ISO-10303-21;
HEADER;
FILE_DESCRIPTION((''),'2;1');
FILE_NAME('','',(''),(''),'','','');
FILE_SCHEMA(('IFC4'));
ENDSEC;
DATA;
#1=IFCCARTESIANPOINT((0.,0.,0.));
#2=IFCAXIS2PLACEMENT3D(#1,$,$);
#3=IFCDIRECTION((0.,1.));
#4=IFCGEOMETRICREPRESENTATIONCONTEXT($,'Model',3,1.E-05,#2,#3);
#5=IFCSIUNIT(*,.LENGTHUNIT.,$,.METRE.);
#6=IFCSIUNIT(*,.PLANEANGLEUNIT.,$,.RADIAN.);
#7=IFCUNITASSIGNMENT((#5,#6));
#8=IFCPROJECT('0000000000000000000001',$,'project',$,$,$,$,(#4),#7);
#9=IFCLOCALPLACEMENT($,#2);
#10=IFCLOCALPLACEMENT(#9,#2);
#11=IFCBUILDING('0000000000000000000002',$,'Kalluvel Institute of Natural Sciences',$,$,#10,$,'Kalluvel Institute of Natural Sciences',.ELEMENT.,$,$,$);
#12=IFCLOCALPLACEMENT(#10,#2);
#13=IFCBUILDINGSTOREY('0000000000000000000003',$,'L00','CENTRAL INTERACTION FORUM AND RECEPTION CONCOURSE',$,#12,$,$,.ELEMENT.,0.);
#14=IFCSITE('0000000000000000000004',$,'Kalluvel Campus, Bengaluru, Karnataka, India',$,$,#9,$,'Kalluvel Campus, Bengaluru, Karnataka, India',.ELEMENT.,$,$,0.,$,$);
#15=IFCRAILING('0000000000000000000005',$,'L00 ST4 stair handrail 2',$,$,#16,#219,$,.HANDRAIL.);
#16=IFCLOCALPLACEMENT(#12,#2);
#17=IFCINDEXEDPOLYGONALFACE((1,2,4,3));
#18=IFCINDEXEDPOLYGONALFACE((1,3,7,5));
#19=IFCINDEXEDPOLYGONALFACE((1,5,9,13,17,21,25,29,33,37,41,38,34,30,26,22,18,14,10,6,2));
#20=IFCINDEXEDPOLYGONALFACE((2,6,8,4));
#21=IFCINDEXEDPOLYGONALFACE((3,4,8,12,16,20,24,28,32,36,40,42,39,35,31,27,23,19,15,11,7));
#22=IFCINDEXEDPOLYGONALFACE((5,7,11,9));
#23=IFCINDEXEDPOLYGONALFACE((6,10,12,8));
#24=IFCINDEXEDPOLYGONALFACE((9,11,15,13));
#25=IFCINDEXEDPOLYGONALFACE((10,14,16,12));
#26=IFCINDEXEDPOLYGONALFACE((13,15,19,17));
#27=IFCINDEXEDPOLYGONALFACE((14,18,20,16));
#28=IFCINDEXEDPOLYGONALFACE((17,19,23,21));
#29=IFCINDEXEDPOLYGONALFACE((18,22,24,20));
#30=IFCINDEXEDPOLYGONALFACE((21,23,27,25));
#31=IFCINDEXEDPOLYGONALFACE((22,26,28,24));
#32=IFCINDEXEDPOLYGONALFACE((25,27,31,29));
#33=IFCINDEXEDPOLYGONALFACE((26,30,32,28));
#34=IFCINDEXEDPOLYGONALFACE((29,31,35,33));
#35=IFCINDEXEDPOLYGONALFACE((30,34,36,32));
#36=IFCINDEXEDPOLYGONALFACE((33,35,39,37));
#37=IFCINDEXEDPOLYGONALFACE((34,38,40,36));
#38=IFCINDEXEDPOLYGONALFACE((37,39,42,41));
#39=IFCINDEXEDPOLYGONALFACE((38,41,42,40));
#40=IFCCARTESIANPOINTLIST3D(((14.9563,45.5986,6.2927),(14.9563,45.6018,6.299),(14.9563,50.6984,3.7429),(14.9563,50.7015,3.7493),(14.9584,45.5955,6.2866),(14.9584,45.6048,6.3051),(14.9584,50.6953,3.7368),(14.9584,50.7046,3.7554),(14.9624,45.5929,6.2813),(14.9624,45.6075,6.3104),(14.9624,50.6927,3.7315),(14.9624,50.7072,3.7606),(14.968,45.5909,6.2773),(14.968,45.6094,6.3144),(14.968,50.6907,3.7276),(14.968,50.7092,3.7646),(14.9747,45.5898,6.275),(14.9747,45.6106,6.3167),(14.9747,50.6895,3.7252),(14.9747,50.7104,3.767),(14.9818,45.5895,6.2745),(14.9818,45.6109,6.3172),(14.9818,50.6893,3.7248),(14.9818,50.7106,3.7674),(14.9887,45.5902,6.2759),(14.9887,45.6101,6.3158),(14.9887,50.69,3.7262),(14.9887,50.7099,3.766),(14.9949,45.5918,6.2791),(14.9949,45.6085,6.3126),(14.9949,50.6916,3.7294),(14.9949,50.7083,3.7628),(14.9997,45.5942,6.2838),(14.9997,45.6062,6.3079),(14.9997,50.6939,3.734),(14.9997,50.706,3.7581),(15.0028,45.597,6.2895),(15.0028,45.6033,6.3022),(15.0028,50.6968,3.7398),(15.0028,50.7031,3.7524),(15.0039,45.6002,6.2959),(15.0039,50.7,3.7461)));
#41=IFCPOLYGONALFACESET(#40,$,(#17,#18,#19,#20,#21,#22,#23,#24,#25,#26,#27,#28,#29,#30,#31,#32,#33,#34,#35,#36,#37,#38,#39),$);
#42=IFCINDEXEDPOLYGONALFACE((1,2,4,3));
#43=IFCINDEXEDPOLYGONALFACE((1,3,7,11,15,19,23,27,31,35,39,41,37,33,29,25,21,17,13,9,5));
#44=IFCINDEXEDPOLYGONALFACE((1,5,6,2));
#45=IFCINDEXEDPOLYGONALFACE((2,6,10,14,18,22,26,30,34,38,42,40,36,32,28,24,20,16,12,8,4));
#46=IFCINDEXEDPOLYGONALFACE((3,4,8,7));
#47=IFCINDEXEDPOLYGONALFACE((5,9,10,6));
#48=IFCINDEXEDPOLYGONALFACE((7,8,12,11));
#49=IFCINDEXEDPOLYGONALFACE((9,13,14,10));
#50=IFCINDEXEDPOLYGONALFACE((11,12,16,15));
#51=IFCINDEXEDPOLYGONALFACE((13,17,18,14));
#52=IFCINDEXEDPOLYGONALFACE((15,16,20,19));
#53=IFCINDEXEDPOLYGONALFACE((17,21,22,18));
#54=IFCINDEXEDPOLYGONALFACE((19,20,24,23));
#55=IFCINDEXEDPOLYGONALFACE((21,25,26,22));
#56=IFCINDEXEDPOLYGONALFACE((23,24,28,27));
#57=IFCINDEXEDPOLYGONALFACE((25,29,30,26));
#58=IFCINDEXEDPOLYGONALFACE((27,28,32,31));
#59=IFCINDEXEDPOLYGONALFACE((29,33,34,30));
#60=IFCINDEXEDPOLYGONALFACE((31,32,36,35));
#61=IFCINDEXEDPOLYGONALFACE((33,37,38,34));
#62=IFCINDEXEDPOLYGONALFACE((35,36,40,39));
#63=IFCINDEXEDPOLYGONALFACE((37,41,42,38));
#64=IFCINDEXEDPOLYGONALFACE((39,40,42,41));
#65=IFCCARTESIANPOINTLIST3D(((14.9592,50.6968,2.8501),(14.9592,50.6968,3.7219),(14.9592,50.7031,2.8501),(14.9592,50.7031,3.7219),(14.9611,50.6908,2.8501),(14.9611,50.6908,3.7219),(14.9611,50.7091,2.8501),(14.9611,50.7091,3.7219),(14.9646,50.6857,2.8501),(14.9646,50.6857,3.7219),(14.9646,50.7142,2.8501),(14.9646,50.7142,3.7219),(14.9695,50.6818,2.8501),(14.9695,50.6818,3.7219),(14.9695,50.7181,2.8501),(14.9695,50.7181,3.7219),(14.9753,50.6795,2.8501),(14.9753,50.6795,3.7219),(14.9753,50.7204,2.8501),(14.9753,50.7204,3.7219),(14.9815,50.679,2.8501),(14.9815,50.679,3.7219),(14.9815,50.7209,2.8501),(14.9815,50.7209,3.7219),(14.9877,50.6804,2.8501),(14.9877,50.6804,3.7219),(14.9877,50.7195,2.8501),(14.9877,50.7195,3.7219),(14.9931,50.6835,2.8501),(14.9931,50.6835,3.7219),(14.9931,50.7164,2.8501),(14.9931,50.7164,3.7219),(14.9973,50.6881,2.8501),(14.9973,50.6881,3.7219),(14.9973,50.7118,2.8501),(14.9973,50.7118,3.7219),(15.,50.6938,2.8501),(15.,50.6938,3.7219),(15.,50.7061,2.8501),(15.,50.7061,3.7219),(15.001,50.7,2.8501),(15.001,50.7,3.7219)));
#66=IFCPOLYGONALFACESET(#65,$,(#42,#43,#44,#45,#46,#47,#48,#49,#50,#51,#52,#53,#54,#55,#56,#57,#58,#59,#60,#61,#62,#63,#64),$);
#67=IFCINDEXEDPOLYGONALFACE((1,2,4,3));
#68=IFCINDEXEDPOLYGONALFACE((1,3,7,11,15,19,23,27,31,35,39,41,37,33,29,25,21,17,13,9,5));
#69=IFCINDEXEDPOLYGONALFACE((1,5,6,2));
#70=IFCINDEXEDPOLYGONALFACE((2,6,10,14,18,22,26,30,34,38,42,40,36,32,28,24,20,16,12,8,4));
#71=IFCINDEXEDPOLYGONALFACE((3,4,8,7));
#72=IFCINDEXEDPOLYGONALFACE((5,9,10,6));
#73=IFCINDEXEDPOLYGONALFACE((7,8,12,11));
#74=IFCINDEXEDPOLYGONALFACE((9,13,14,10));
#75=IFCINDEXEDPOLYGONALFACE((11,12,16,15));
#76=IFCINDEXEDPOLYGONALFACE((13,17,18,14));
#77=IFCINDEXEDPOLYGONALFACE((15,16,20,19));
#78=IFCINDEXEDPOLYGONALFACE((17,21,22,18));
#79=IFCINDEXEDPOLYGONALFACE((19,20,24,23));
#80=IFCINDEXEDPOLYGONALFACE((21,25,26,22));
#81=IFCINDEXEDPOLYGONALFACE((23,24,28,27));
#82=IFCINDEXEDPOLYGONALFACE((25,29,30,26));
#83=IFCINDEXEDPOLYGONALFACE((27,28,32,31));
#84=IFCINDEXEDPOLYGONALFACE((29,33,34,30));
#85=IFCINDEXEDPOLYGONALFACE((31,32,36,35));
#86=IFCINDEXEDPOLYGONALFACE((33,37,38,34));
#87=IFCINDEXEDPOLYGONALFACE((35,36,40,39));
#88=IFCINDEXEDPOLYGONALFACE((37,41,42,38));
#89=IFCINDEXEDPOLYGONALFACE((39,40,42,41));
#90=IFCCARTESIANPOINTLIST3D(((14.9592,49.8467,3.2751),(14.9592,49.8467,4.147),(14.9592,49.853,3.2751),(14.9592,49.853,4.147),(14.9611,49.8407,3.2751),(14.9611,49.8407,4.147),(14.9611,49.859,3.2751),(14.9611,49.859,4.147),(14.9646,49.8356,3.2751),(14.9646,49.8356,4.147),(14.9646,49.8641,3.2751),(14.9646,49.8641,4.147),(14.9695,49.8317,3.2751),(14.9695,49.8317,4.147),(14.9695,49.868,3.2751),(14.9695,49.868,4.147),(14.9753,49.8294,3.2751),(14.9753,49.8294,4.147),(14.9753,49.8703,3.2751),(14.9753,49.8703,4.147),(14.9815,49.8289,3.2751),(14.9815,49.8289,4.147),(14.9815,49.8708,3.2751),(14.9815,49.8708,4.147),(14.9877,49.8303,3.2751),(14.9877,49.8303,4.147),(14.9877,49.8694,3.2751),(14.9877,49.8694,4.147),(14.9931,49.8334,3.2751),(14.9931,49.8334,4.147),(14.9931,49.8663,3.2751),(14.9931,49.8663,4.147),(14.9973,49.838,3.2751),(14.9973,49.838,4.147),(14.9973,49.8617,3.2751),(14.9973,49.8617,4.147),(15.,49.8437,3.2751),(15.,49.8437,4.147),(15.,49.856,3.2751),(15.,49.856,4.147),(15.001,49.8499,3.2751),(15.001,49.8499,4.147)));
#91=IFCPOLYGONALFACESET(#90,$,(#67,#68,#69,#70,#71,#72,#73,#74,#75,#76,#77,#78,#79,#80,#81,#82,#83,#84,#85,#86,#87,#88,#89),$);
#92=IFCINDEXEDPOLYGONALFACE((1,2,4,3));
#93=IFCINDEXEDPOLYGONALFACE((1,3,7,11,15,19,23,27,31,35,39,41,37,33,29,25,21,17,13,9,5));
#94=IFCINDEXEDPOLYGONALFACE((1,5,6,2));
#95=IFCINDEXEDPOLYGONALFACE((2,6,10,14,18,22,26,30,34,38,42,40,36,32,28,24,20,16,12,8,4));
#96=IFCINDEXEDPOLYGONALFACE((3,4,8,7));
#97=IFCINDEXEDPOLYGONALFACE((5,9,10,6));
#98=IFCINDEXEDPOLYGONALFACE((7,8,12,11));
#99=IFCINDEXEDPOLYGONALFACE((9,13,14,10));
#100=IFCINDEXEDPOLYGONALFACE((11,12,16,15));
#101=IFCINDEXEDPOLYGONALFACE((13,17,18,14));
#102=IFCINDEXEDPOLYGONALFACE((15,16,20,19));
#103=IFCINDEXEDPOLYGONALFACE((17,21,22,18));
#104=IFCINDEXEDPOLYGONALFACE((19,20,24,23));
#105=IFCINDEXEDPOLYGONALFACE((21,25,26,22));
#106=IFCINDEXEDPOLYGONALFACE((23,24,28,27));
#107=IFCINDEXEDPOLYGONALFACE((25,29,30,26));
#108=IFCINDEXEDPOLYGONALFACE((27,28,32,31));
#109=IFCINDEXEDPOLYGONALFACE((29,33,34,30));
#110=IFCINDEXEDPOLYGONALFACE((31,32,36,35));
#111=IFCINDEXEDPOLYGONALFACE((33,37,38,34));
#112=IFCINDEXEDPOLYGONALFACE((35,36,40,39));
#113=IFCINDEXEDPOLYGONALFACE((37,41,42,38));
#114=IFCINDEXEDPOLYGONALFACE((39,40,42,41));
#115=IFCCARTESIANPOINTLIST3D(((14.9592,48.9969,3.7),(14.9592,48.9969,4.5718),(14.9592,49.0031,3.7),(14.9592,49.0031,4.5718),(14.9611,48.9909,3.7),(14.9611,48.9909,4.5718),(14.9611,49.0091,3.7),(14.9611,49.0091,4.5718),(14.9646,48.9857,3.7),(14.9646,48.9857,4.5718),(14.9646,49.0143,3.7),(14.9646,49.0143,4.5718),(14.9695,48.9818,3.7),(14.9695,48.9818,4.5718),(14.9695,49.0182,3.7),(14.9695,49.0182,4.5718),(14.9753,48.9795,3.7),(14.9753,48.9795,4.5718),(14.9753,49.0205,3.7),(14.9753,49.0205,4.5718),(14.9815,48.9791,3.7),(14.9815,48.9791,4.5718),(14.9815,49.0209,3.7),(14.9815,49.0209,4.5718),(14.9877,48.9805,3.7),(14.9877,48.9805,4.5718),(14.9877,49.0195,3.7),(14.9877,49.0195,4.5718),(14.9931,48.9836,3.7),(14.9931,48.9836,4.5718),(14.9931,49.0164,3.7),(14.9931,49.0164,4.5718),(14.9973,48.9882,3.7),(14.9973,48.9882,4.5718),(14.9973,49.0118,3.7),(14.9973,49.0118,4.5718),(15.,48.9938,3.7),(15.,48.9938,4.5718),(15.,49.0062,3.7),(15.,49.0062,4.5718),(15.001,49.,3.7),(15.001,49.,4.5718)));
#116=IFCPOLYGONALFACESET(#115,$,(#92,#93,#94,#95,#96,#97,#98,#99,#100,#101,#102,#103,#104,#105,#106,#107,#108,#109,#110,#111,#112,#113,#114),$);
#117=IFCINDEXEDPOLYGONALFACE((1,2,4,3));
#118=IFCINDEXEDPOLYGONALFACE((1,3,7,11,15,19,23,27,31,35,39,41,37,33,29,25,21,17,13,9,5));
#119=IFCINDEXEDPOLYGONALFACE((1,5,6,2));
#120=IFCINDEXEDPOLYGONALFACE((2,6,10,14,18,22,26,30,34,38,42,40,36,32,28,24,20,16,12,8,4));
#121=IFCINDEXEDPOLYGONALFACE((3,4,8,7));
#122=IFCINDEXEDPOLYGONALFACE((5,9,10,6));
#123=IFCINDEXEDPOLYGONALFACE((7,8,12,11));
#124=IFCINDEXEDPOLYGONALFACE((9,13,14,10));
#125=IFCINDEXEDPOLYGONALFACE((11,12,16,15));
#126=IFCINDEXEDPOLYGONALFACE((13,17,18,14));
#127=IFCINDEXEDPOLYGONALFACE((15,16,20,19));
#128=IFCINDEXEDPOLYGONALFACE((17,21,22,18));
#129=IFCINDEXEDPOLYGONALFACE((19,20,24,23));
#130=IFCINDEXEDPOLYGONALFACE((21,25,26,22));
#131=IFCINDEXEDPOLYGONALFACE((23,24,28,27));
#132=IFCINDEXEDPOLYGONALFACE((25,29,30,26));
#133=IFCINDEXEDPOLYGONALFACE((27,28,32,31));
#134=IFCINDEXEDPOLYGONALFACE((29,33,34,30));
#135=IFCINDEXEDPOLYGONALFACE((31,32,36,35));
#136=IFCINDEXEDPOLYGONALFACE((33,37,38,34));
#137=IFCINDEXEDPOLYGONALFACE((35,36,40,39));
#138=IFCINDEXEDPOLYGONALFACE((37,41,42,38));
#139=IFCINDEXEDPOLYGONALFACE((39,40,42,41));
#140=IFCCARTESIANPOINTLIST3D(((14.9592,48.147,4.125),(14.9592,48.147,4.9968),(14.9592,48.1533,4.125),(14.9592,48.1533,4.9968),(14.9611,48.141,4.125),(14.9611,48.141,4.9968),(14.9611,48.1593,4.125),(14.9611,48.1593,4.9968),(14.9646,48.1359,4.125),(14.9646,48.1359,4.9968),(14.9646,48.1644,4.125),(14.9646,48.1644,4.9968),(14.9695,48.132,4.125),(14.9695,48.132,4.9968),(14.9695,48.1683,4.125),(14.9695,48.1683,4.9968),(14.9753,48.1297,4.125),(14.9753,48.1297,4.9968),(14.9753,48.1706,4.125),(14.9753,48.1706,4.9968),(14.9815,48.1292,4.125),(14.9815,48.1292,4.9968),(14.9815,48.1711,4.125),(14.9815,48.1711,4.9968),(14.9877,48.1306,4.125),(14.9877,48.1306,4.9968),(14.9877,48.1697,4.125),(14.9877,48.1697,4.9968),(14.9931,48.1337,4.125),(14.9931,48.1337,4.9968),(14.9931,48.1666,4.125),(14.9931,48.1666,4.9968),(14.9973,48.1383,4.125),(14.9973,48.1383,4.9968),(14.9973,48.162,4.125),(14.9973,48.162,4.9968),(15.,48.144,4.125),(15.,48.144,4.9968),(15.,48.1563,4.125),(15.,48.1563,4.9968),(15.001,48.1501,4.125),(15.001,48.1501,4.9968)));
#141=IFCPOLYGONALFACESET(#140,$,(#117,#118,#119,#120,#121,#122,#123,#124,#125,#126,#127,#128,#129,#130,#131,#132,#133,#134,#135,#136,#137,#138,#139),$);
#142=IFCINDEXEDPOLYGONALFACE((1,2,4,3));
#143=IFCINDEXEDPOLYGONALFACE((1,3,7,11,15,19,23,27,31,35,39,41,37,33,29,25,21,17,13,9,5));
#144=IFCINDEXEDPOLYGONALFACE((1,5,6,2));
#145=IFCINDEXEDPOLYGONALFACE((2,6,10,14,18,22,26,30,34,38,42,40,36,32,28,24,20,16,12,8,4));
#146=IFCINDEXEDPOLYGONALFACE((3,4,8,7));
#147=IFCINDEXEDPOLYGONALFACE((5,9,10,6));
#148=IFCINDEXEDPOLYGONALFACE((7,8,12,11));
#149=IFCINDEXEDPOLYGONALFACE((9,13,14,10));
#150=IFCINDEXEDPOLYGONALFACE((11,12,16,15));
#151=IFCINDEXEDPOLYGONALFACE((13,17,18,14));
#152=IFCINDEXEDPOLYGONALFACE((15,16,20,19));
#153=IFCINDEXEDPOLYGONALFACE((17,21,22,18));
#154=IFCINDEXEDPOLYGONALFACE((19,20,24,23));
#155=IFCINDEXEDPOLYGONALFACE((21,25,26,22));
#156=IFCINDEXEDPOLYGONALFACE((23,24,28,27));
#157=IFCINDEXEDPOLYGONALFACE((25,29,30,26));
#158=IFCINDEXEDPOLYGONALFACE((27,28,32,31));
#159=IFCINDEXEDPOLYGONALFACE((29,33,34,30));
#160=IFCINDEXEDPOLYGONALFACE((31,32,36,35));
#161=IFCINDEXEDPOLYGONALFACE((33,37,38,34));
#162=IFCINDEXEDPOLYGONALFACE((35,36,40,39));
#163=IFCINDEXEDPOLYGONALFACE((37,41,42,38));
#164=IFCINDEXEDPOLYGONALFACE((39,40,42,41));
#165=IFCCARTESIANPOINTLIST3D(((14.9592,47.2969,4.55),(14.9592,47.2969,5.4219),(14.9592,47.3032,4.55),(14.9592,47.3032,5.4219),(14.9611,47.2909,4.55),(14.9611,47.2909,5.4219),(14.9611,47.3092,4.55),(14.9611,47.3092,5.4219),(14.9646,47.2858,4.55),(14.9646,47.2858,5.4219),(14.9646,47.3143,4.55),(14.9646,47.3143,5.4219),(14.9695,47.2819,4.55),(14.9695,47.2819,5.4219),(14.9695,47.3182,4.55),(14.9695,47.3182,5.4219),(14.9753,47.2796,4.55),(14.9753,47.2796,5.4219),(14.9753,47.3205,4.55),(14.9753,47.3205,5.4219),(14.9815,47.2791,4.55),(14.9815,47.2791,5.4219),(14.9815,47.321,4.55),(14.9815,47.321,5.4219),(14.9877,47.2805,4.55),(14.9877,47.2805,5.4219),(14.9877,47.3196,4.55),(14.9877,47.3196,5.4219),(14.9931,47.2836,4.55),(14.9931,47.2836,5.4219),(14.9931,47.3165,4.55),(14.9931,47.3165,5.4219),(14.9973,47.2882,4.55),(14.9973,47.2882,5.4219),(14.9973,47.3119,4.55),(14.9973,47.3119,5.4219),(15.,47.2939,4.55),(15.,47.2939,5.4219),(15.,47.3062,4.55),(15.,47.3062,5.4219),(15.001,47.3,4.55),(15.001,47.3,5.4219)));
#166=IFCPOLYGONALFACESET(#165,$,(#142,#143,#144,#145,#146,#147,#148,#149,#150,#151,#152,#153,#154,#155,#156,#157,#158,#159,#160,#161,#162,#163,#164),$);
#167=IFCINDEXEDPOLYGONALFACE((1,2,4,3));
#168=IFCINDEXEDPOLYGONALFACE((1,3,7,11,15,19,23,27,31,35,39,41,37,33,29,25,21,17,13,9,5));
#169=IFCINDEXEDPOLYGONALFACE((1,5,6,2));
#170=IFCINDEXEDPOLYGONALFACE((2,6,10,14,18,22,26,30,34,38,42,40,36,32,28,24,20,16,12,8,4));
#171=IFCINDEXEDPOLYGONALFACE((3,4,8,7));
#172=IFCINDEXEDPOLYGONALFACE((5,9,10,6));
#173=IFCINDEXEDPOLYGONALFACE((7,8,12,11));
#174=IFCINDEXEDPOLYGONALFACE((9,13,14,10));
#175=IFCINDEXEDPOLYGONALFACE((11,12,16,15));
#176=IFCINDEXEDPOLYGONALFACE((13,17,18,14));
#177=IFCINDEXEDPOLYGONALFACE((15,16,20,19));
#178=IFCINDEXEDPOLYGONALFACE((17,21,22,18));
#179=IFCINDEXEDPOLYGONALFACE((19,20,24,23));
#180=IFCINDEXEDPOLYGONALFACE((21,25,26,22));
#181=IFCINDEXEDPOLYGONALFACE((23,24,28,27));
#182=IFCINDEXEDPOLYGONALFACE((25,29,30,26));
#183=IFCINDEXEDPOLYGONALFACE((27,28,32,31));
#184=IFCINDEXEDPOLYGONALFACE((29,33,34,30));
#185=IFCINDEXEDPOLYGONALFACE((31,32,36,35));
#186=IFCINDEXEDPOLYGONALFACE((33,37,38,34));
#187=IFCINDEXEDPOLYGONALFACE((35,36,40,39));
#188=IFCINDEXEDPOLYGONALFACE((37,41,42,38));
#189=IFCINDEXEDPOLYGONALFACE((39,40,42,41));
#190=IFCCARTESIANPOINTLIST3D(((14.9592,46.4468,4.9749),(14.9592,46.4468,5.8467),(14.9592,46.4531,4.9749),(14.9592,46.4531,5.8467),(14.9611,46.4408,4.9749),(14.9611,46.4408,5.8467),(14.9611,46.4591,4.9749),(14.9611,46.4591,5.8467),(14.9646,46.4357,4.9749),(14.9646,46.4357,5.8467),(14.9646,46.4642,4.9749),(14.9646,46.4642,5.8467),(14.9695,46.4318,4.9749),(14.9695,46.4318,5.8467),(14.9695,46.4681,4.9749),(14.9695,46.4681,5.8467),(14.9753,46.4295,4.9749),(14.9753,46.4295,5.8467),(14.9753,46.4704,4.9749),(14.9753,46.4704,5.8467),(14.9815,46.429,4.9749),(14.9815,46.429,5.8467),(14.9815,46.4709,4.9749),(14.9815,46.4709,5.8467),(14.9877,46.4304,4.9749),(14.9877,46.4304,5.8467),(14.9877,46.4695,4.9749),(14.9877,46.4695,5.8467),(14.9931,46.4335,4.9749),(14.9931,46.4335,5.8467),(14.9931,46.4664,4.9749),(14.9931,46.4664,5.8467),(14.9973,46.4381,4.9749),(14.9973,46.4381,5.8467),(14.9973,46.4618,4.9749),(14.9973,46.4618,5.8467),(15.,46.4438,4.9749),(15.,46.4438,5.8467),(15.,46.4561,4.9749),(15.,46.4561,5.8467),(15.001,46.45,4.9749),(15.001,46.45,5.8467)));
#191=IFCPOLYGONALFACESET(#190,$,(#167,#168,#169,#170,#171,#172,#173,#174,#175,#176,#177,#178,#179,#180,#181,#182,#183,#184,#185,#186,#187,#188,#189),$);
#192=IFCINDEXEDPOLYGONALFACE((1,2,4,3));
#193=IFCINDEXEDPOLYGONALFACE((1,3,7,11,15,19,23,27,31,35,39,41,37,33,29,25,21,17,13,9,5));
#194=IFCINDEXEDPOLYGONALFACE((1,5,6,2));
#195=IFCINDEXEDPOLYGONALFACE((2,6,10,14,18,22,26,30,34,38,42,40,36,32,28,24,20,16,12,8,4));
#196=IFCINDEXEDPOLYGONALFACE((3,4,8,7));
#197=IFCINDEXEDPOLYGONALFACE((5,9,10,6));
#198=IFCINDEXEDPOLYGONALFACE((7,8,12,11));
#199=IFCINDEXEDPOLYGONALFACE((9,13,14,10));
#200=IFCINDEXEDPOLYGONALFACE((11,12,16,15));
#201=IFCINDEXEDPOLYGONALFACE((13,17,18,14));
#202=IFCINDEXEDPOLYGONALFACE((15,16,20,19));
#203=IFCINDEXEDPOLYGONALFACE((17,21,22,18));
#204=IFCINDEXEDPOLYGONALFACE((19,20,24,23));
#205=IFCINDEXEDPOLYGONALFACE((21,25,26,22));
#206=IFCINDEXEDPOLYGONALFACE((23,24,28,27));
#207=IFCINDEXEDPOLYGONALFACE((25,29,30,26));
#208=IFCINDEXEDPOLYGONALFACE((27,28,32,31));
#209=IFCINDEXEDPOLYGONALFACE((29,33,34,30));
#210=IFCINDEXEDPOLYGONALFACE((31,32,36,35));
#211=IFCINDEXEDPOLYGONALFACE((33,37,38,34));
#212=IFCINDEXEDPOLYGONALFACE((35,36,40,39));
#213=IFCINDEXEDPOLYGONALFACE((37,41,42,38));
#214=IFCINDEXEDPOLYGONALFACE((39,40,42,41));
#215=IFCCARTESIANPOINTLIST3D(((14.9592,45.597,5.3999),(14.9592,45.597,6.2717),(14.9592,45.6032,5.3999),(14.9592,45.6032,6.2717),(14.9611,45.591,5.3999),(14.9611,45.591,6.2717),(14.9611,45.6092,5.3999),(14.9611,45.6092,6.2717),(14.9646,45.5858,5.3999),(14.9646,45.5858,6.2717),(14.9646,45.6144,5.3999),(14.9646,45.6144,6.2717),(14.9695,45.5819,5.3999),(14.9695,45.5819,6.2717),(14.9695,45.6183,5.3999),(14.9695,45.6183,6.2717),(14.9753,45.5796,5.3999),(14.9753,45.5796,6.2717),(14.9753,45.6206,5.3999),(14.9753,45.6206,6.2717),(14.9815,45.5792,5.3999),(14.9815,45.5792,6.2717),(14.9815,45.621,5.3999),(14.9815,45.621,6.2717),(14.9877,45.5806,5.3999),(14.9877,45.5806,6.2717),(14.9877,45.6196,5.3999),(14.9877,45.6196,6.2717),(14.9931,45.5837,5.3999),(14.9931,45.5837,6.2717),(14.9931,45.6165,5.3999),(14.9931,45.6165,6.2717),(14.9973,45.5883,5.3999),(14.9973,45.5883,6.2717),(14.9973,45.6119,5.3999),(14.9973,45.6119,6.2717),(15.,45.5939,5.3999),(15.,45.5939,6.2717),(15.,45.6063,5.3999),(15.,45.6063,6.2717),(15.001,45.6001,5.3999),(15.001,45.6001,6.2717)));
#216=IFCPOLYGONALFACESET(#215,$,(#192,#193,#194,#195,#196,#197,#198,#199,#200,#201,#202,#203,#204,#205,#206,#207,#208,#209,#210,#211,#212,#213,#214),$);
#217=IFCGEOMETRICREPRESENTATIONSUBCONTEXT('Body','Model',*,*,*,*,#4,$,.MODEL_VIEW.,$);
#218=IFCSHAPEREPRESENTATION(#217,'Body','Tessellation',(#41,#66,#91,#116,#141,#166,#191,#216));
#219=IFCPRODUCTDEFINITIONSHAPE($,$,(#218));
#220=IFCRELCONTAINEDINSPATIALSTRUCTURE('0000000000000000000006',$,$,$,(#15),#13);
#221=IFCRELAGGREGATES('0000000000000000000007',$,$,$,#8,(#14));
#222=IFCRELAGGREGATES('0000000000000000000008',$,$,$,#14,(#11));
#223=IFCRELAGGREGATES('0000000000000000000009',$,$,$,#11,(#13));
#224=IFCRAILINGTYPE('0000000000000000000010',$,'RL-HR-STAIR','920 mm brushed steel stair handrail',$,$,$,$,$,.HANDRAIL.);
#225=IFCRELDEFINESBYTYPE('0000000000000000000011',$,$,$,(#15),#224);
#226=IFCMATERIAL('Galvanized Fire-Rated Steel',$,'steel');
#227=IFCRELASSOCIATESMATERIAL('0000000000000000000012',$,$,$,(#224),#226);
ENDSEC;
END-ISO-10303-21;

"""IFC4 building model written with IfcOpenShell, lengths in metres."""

from ifc_helpers import new_model, si_unit, direction, frame, origin, origin_2d, place, context, subcontext, project, spatial, circle, extrude, material, type_object, element, save


model = new_model("IFC4")

# Units and contexts
model_context = context("Model", 3, precision=1e-05, world=origin(), true_north=direction((0.0, 1.0)))
body_context = subcontext(model_context, "Body", "Model", "MODEL_VIEW")
ifc_project = project(units=[si_unit("LENGTHUNIT", "METRE"), si_unit("PLANEANGLEUNIT", "RADIAN")], contexts=[model_context])

# Site, building, storey
site_placement = place(None, origin())
site = spatial("IfcSite", under=ifc_project, at=site_placement, Name="Kalluvel Campus, Bengaluru, Karnataka, India", LongName="Kalluvel Campus, Bengaluru, Karnataka, India", CompositionType="ELEMENT", RefElevation=0.0)
building_placement = place(site_placement, origin())
building = spatial("IfcBuilding", under=site, at=building_placement, Name="Kalluvel Institute of Natural Sciences", LongName="Kalluvel Institute of Natural Sciences", CompositionType="ELEMENT")
storey_placement = place(building_placement, origin())
storey = spatial("IfcBuildingStorey", under=building, at=storey_placement, Name="L00", Description="CENTRAL INTERACTION FORUM AND RECEPTION CONCOURSE", CompositionType="ELEMENT", Elevation=0.0)

# Shared definitions
ifc_material_1 = material(Name="Galvanized Fire-Rated Steel", Category="steel")

# Railing
railing_type_1 = type_object("IfcRailingType", Name="RL-HR-STAIR", Description="920 mm brushed steel stair handrail", PredefinedType="HANDRAIL", material=ifc_material_1)
railing_1_placement = place(storey_placement, frame((14.98, 50.7, 2.8501)))
element("IfcRailing", 1, at=railing_1_placement, inside=storey, type_object=railing_type_1, Name="L00 ST4 stair handrail 2", PredefinedType="HANDRAIL", context=body_context, shape_type="SweptSolid", body=[
    extrude(circle(Radius=0.0239, at=origin_2d()), frame((0.0, 0.0, 0.896), z_axis=(0.0, -0.894436, 0.447196), x_axis=(1.0, 0.0, 0.0)), (0.0, 0.0, 1.0), 5.7017),
    extrude(circle(Radius=0.021, at=origin_2d()), origin(), (0.0, 0.0, 1.0), 0.8718),
    extrude(circle(Radius=0.021, at=origin_2d()), frame((0.0, -0.8501, 0.425)), (0.0, 0.0, 1.0), 0.8718),
    extrude(circle(Radius=0.021, at=origin_2d()), frame((0.0, -1.7, 0.8499)), (0.0, 0.0, 1.0), 0.8718),
    extrude(circle(Radius=0.021, at=origin_2d()), frame((0.0, -2.5498, 1.2749)), (0.0, 0.0, 1.0), 0.8718),
    extrude(circle(Radius=0.021, at=origin_2d()), frame((0.0, -3.3999, 1.7)), (0.0, 0.0, 1.0), 0.8718),
    extrude(circle(Radius=0.021, at=origin_2d()), frame((0.0, -4.25, 2.1248)), (0.0, 0.0, 1.0), 0.8718),
    extrude(circle(Radius=0.021, at=origin_2d()), frame((0.0, -5.0999, 2.5498)), (0.0, 0.0, 1.0), 0.8718),
])

save(model, "model.ifc")
